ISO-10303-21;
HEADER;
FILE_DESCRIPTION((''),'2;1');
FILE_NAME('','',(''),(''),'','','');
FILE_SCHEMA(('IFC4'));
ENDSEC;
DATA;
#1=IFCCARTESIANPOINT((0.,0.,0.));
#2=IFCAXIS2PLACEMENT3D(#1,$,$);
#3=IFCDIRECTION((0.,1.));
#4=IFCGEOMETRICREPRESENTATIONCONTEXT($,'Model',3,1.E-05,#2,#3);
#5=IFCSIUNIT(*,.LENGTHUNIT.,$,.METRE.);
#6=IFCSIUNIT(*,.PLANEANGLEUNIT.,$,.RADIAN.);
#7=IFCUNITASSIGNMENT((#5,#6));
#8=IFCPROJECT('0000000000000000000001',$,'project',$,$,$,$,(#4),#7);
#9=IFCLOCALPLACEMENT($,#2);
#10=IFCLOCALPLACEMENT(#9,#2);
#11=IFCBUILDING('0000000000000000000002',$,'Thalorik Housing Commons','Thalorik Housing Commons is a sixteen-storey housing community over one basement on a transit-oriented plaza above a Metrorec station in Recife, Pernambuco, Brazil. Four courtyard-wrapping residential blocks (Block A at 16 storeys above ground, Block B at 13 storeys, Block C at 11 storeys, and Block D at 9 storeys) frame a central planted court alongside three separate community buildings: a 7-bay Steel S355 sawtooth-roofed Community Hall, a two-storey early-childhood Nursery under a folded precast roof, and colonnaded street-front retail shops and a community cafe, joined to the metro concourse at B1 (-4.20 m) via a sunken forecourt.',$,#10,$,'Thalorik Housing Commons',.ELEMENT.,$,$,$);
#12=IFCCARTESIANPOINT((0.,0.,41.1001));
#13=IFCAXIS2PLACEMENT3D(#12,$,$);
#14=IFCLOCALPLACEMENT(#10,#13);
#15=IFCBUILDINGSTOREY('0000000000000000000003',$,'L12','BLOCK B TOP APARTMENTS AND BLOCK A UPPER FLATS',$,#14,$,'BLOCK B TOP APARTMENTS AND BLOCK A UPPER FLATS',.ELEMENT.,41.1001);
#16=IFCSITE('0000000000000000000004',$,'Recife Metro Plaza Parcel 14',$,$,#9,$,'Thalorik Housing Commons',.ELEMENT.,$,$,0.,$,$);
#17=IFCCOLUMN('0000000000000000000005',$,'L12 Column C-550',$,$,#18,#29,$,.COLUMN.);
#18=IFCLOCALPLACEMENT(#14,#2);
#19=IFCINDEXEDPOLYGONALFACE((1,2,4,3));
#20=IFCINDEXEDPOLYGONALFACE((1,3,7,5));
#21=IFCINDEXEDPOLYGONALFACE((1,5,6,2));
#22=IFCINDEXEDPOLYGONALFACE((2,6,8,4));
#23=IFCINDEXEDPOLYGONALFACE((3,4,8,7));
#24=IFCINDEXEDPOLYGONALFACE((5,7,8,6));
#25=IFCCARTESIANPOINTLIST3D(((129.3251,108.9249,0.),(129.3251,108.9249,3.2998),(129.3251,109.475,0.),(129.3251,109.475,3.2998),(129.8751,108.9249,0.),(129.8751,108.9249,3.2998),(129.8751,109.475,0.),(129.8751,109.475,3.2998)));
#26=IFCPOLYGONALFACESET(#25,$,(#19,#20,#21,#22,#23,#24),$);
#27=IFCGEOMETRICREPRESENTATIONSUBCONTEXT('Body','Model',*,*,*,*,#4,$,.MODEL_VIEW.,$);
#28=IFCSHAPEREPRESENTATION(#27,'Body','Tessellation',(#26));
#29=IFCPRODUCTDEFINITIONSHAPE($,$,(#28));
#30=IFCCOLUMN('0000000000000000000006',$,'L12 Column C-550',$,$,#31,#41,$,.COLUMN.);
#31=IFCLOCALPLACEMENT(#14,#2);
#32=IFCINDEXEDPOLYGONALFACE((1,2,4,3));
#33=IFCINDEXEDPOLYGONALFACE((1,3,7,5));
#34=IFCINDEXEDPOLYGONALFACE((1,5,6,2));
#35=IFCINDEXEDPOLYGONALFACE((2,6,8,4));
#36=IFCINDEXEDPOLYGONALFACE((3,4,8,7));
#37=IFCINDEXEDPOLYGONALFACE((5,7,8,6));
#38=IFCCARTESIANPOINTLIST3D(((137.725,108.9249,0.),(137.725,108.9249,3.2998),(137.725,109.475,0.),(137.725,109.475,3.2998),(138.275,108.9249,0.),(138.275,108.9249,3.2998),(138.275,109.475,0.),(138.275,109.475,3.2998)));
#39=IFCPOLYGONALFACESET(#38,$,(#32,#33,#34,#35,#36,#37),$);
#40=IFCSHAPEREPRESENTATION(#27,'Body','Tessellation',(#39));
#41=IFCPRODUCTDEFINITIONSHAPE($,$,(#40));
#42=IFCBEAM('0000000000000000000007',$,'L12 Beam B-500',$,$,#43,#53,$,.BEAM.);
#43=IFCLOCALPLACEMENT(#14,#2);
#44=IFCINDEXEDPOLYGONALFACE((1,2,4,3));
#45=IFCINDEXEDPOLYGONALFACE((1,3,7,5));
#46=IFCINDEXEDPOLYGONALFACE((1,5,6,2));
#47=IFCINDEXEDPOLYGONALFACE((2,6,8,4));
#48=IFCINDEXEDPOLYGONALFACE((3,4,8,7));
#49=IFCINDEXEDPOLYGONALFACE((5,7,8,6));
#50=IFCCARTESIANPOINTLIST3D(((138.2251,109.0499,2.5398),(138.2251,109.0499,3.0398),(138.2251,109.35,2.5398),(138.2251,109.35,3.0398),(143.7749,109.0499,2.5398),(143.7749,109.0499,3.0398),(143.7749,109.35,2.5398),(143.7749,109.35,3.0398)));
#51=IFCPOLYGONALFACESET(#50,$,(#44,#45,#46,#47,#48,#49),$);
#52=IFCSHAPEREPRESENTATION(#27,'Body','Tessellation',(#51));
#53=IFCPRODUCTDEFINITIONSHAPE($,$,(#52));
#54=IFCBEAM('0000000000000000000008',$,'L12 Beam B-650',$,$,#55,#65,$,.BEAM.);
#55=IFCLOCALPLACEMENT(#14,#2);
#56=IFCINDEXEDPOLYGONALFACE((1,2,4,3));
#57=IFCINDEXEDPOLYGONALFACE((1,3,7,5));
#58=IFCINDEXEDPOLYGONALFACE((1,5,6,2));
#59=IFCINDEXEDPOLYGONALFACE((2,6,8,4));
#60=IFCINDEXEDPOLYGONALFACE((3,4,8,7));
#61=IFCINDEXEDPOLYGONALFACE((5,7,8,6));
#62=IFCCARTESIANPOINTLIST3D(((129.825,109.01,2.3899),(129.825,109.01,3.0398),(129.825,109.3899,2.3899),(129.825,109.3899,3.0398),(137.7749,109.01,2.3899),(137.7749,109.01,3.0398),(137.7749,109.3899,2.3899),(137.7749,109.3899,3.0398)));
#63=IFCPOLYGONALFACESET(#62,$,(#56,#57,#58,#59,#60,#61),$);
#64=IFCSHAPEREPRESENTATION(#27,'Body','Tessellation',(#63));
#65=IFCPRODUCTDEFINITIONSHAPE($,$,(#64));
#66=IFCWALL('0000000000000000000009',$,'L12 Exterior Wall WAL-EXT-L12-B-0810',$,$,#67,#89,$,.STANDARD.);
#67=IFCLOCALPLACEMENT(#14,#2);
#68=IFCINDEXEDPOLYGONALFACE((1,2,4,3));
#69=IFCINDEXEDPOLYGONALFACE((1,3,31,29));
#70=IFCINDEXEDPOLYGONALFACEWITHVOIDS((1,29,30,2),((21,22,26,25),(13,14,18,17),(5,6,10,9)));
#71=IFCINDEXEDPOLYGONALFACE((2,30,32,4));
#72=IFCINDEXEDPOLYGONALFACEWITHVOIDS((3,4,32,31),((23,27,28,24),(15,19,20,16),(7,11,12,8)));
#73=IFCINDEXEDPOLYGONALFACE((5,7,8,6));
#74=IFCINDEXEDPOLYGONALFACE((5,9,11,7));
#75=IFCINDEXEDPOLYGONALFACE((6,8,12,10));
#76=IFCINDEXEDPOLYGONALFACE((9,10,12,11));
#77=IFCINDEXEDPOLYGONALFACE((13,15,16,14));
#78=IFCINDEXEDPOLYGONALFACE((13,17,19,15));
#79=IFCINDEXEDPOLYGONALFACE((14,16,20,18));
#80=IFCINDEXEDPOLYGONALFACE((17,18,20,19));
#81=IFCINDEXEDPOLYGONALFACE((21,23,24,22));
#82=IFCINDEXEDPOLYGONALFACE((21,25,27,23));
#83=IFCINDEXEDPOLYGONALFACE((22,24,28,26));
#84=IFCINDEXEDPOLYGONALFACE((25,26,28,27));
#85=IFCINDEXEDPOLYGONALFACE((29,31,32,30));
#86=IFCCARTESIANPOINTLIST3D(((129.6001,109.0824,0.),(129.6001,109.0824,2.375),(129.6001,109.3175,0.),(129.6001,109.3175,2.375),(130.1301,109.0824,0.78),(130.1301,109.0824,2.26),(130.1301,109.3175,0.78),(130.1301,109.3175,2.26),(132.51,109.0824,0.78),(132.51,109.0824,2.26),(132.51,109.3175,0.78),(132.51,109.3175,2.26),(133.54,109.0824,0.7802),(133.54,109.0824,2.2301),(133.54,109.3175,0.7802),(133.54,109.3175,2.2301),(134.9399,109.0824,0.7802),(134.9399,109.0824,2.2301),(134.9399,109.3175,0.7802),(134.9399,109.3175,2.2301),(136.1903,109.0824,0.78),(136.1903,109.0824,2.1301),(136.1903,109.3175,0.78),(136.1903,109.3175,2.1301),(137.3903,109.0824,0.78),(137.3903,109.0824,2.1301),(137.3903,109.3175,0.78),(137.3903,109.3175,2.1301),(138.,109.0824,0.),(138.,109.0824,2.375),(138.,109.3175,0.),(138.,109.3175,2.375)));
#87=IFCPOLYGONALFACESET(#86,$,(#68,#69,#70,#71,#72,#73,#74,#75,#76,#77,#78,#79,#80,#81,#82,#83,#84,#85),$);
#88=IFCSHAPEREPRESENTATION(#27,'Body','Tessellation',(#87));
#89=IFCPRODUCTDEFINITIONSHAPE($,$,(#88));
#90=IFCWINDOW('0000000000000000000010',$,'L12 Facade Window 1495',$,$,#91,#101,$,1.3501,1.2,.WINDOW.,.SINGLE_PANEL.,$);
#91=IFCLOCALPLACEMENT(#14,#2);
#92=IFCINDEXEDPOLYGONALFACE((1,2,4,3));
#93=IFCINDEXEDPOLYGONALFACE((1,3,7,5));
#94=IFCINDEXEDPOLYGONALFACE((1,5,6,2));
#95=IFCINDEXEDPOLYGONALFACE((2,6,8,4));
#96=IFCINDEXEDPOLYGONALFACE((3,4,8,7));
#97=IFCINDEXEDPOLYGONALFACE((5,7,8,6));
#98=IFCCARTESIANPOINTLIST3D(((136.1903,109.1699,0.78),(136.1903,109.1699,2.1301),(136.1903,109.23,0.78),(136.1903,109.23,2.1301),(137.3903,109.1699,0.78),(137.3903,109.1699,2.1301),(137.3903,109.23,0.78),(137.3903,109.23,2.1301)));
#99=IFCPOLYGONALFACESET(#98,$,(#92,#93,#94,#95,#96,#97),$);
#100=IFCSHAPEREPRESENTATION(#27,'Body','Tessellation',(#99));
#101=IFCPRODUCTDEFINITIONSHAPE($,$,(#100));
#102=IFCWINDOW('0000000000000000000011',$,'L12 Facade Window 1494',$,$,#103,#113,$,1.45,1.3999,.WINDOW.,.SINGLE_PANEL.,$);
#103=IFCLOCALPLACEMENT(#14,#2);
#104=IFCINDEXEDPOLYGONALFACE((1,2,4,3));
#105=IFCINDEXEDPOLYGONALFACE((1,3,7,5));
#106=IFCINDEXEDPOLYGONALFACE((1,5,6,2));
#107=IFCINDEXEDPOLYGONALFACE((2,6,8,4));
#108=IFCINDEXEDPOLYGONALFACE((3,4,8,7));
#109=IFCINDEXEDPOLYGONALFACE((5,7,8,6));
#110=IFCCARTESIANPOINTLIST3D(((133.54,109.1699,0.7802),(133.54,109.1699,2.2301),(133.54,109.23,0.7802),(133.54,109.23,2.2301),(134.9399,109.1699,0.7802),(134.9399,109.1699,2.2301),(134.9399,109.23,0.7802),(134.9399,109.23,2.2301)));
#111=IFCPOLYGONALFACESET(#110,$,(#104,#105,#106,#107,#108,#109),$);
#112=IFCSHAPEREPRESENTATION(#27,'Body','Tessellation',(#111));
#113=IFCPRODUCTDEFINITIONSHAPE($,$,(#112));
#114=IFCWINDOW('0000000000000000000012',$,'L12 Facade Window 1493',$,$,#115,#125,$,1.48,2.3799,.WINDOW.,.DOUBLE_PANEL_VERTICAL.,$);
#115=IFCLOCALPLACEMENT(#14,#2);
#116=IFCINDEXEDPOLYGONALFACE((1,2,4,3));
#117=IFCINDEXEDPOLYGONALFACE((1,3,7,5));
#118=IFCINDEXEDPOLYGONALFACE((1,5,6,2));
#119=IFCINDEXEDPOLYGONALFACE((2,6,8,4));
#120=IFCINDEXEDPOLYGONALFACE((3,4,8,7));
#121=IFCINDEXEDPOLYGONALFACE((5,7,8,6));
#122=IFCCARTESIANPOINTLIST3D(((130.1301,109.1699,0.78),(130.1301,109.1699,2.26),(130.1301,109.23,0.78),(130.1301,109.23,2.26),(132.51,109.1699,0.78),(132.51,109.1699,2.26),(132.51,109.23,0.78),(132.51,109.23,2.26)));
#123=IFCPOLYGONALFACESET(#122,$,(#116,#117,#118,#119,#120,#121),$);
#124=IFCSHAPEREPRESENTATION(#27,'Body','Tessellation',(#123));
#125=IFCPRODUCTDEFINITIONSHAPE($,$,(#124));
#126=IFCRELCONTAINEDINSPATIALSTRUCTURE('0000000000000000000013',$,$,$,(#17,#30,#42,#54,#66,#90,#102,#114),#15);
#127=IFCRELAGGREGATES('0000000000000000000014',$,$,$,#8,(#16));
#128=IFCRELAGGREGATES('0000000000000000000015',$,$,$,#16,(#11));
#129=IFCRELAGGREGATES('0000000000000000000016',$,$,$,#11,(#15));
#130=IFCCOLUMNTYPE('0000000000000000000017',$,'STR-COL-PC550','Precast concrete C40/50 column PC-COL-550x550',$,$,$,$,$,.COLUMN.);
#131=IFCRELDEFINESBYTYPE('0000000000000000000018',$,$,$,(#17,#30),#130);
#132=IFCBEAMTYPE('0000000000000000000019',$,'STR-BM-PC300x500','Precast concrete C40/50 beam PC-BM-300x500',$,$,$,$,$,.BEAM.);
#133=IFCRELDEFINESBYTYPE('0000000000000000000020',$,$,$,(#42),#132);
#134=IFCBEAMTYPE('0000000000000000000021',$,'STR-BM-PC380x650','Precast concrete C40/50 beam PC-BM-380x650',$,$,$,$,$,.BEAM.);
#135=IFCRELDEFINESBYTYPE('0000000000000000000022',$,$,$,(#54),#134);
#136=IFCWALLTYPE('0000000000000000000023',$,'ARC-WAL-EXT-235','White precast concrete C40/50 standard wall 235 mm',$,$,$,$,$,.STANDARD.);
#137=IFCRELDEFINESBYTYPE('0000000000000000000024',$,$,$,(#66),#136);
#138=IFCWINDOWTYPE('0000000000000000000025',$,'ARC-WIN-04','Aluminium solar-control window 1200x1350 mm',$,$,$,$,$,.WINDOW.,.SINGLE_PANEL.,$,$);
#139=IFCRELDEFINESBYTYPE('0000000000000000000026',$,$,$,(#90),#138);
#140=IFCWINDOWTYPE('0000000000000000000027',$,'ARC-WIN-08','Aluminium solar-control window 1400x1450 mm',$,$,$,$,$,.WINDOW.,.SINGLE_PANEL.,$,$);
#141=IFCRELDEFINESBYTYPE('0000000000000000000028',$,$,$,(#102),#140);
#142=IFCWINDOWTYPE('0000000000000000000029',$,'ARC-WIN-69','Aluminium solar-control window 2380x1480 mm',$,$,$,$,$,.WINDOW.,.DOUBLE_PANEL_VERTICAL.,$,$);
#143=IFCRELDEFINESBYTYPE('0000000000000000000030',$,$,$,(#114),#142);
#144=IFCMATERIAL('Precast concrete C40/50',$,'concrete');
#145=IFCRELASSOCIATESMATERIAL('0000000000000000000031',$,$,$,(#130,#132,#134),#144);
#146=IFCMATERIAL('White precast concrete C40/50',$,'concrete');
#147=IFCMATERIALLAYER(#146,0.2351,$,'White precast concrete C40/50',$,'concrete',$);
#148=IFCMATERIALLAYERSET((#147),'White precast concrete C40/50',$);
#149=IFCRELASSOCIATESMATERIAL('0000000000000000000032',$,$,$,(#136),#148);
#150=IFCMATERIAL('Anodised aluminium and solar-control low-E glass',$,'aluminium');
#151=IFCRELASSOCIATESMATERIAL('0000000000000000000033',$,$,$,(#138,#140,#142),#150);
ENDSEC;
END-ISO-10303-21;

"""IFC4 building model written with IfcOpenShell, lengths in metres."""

from ifc_helpers import new_model, si_unit, direction, frame, frame_2d, origin, origin_2d, place, context, subcontext, project, spatial, rectangle, extrude, material, layer, layer_set, material_profile, profile_set, type_object, element, fill, save


model = new_model("IFC4")

# Units and contexts
model_context = context("Model", 3, precision=1e-05, world=origin(), true_north=direction((0.0, 1.0)))
body_context = subcontext(model_context, "Body", "Model", "MODEL_VIEW")
ifc_project = project(units=[si_unit("LENGTHUNIT", "METRE"), si_unit("PLANEANGLEUNIT", "RADIAN")], contexts=[model_context])

# Site, building, storey
site_placement = place(None, origin())
site = spatial("IfcSite", under=ifc_project, at=site_placement, Name="Recife Metro Plaza Parcel 14", LongName="Thalorik Housing Commons", CompositionType="ELEMENT", RefElevation=0.0)
building_placement = place(site_placement, origin())
building = spatial("IfcBuilding", under=site, at=building_placement, Name="Thalorik Housing Commons", Description="Thalorik Housing Commons is a sixteen-storey housing community over one basement on a transit-oriented plaza above a Metrorec station in Recife, Pernambuco, Brazil. Four courtyard-wrapping residential blocks (Block A at 16 storeys above ground, Block B at 13 storeys, Block C at 11 storeys, and Block D at 9 storeys) frame a central planted court alongside three separate community buildings: a 7-bay Steel S355 sawtooth-roofed Community Hall, a two-storey early-childhood Nursery under a folded precast roof, and colonnaded street-front retail shops and a community cafe, joined to the metro concourse at B1 (-4.20 m) via a sunken forecourt.", LongName="Thalorik Housing Commons", CompositionType="ELEMENT")
storey_placement = place(building_placement, frame((0.0, 0.0, 41.1001)))
storey = spatial("IfcBuildingStorey", under=building, at=storey_placement, Name="L12", Description="BLOCK B TOP APARTMENTS AND BLOCK A UPPER FLATS", LongName="BLOCK B TOP APARTMENTS AND BLOCK A UPPER FLATS", CompositionType="ELEMENT", Elevation=41.1001)

# Columns
ifc_material_1 = material(Name="Precast concrete C40/50", Category="concrete")
ifc_material_profile_1 = material_profile(ifc_material_1, rectangle(XDim=0.55, YDim=0.55, at=origin_2d()), Name="PC 550x550", Category="concrete")
ifc_profile_set_1 = profile_set([ifc_material_profile_1], Name="Precast concrete C40/50")
column_type = type_object("IfcColumnType", Name="STR-COL-PC550", Description="Precast concrete C40/50 column PC-COL-550x550", PredefinedType="COLUMN", material=ifc_profile_set_1)
for number, where, z_axis, x_axis, name in (
    (1, (129.6001, 109.2, 0.0), (0.0, 0.0, 1.0), (1.0, 0.0, 0.0), "L12 Column C-550"),
    (2, (138.0, 109.2, 0.0), (0.0, 0.0, 1.0), (1.0, 0.0, 0.0), "L12 Column C-550"),
):
    element("IfcColumn", number, at=place(storey_placement, frame(where, z_axis=z_axis, x_axis=x_axis)), inside=storey, type_object=column_type, Name=name, PredefinedType="COLUMN", context=body_context, shape_type="SweptSolid", body=[
        extrude(rectangle(XDim=0.55, YDim=0.55, at=origin_2d()), origin(), (0.0, 0.0, 1.0), 3.2998),
    ])

# Beams
ifc_material_profile_2 = material_profile(ifc_material_1, rectangle(XDim=0.3, YDim=0.5, at=origin_2d()), Name="PC 300x500", Category="concrete")
ifc_profile_set_2 = profile_set([ifc_material_profile_2], Name="Precast concrete C40/50")
beam_type_1 = type_object("IfcBeamType", Name="STR-BM-PC300x500", Description="Precast concrete C40/50 beam PC-BM-300x500", PredefinedType="BEAM", material=ifc_profile_set_2)
beam_1_placement = place(storey_placement, frame((138.2251, 109.2, 2.7898), z_axis=(1.0, 0.0, 0.0), x_axis=(0.0, 1.0, 0.0)))
element("IfcBeam", 3, at=beam_1_placement, inside=storey, type_object=beam_type_1, Name="L12 Beam B-500", PredefinedType="BEAM", context=body_context, shape_type="SweptSolid", body=[
    extrude(rectangle(XDim=0.3, YDim=0.5, at=origin_2d()), origin(), (0.0, 0.0, 1.0), 5.5498),
])
ifc_material_profile_3 = material_profile(ifc_material_1, rectangle(XDim=0.3799, YDim=0.6499, at=origin_2d()), Name="PC 380x650", Category="concrete")
ifc_profile_set_3 = profile_set([ifc_material_profile_3], Name="Precast concrete C40/50")
beam_type_2 = type_object("IfcBeamType", Name="STR-BM-PC380x650", Description="Precast concrete C40/50 beam PC-BM-380x650", PredefinedType="BEAM", material=ifc_profile_set_3)
beam_2_placement = place(storey_placement, frame((129.825, 109.2, 2.7148), z_axis=(1.0, 0.0, 0.0), x_axis=(0.0, 1.0, 0.0)))
element("IfcBeam", 4, at=beam_2_placement, inside=storey, type_object=beam_type_2, Name="L12 Beam B-650", PredefinedType="BEAM", context=body_context, shape_type="SweptSolid", body=[
    extrude(rectangle(XDim=0.3799, YDim=0.6499, at=origin_2d()), origin(), (0.0, 0.0, 1.0), 7.95),
])

# Wall, openings, windows
ifc_material_2 = material(Name="White precast concrete C40/50", Category="concrete")
ifc_layer_1 = layer(ifc_material_2, 0.2351, Name="White precast concrete C40/50", Category="concrete")
ifc_layer_set_1 = layer_set([ifc_layer_1], Name="White precast concrete C40/50")
wall_type = type_object("IfcWallType", Name="ARC-WAL-EXT-235", Description="White precast concrete C40/50 standard wall 235 mm", PredefinedType="STANDARD", material=ifc_layer_set_1)
wall_1_placement = place(storey_placement, frame((129.6001, 109.2, 0.0), z_axis=(0.0, 0.0, 1.0), x_axis=(1.0, 0.0, 0.0)))
wall_1 = element("IfcWall", 5, at=wall_1_placement, inside=storey, type_object=wall_type, Name="L12 Exterior Wall WAL-EXT-L12-B-0810", PredefinedType="STANDARD", context=body_context, shape_type="SweptSolid", body=[
    extrude(rectangle(XDim=8.3999, YDim=0.2351, at=frame_2d((4.2, 0.0))), origin(), (0.0, 0.0, 1.0), 2.375),
])
opening_1_placement = place(wall_1_placement, frame((0.53, 0.0, 0.78)))
opening_1 = element("IfcOpeningElement", 6, at=opening_1_placement, cuts=wall_1, PredefinedType="OPENING", context=body_context, shape_type="SweptSolid", body=[
    extrude(rectangle(XDim=2.3799, YDim=1.48, at=frame_2d((1.1899, 0.74))), frame((0.0, 0.1274, 0.0), z_axis=(0.0, -1.0, 0.0), x_axis=(1.0, 0.0, 0.0)), (0.0, 0.0, 1.0), 0.2551),
])
opening_2_placement = place(wall_1_placement, frame((3.9399, 0.0, 0.78)))
opening_2 = element("IfcOpeningElement", 7, at=opening_2_placement, cuts=wall_1, PredefinedType="OPENING", context=body_context, shape_type="SweptSolid", body=[
    extrude(rectangle(XDim=1.3999, YDim=1.45, at=frame_2d((0.7, 0.7251))), frame((0.0, 0.1274, 0.0), z_axis=(0.0, -1.0, 0.0), x_axis=(1.0, 0.0, 0.0)), (0.0, 0.0, 1.0), 0.2551),
])
opening_3_placement = place(wall_1_placement, frame((6.5901, 0.0, 0.78)))
opening_3 = element("IfcOpeningElement", 8, at=opening_3_placement, cuts=wall_1, PredefinedType="OPENING", context=body_context, shape_type="SweptSolid", body=[
    extrude(rectangle(XDim=1.2, YDim=1.3501, at=frame_2d((0.6001, 0.675))), frame((0.0, 0.1274, 0.0), z_axis=(0.0, -1.0, 0.0), x_axis=(1.0, 0.0, 0.0)), (0.0, 0.0, 1.0), 0.2551),
])
ifc_material_3 = material(Name="Anodised aluminium and solar-control low-E glass", Category="aluminium")
window_type_1 = type_object("IfcWindowType", Name="ARC-WIN-04", Description="Aluminium solar-control window 1200x1350 mm", PartitioningType="SINGLE_PANEL", PredefinedType="WINDOW", material=ifc_material_3)
window_1_placement = place(opening_3_placement, origin())
window_1 = element("IfcWindow", 9, at=window_1_placement, inside=storey, type_object=window_type_1, Name="L12 Facade Window 1495", OverallHeight=1.3501, OverallWidth=1.2, PartitioningType="SINGLE_PANEL", PredefinedType="WINDOW", context=body_context, shape_type="SweptSolid", body=[
    extrude(rectangle(XDim=1.2, YDim=1.3501, at=frame_2d((0.6001, 0.675))), frame((0.0, 0.03, 0.0), z_axis=(0.0, -1.0, 0.0), x_axis=(1.0, 0.0, 0.0)), (0.0, 0.0, 1.0), 0.0601),
])
fill(opening_3, window_1)
window_type_2 = type_object("IfcWindowType", Name="ARC-WIN-08", Description="Aluminium solar-control window 1400x1450 mm", PartitioningType="SINGLE_PANEL", PredefinedType="WINDOW", material=ifc_material_3)
window_2_placement = place(opening_2_placement, origin())
window_2 = element("IfcWindow", 10, at=window_2_placement, inside=storey, type_object=window_type_2, Name="L12 Facade Window 1494", OverallHeight=1.45, OverallWidth=1.3999, PartitioningType="SINGLE_PANEL", PredefinedType="WINDOW", context=body_context, shape_type="SweptSolid", body=[
    extrude(rectangle(XDim=1.3999, YDim=1.45, at=frame_2d((0.7, 0.7251))), frame((0.0, 0.03, 0.0), z_axis=(0.0, -1.0, 0.0), x_axis=(1.0, 0.0, 0.0)), (0.0, 0.0, 1.0), 0.0601),
])
fill(opening_2, window_2)
window_type_3 = type_object("IfcWindowType", Name="ARC-WIN-69", Description="Aluminium solar-control window 2380x1480 mm", PartitioningType="DOUBLE_PANEL_VERTICAL", PredefinedType="WINDOW", material=ifc_material_3)
window_3_placement = place(opening_1_placement, origin())
window_3 = element("IfcWindow", 11, at=window_3_placement, inside=storey, type_object=window_type_3, Name="L12 Facade Window 1493", OverallHeight=1.48, OverallWidth=2.3799, PartitioningType="DOUBLE_PANEL_VERTICAL", PredefinedType="WINDOW", context=body_context, shape_type="SweptSolid", body=[
    extrude(rectangle(XDim=2.3799, YDim=1.48, at=frame_2d((1.1899, 0.74))), frame((0.0, 0.03, 0.0), z_axis=(0.0, -1.0, 0.0), x_axis=(1.0, 0.0, 0.0)), (0.0, 0.0, 1.0), 0.0601),
])
fill(opening_1, window_3)

save(model, "model.ifc")
